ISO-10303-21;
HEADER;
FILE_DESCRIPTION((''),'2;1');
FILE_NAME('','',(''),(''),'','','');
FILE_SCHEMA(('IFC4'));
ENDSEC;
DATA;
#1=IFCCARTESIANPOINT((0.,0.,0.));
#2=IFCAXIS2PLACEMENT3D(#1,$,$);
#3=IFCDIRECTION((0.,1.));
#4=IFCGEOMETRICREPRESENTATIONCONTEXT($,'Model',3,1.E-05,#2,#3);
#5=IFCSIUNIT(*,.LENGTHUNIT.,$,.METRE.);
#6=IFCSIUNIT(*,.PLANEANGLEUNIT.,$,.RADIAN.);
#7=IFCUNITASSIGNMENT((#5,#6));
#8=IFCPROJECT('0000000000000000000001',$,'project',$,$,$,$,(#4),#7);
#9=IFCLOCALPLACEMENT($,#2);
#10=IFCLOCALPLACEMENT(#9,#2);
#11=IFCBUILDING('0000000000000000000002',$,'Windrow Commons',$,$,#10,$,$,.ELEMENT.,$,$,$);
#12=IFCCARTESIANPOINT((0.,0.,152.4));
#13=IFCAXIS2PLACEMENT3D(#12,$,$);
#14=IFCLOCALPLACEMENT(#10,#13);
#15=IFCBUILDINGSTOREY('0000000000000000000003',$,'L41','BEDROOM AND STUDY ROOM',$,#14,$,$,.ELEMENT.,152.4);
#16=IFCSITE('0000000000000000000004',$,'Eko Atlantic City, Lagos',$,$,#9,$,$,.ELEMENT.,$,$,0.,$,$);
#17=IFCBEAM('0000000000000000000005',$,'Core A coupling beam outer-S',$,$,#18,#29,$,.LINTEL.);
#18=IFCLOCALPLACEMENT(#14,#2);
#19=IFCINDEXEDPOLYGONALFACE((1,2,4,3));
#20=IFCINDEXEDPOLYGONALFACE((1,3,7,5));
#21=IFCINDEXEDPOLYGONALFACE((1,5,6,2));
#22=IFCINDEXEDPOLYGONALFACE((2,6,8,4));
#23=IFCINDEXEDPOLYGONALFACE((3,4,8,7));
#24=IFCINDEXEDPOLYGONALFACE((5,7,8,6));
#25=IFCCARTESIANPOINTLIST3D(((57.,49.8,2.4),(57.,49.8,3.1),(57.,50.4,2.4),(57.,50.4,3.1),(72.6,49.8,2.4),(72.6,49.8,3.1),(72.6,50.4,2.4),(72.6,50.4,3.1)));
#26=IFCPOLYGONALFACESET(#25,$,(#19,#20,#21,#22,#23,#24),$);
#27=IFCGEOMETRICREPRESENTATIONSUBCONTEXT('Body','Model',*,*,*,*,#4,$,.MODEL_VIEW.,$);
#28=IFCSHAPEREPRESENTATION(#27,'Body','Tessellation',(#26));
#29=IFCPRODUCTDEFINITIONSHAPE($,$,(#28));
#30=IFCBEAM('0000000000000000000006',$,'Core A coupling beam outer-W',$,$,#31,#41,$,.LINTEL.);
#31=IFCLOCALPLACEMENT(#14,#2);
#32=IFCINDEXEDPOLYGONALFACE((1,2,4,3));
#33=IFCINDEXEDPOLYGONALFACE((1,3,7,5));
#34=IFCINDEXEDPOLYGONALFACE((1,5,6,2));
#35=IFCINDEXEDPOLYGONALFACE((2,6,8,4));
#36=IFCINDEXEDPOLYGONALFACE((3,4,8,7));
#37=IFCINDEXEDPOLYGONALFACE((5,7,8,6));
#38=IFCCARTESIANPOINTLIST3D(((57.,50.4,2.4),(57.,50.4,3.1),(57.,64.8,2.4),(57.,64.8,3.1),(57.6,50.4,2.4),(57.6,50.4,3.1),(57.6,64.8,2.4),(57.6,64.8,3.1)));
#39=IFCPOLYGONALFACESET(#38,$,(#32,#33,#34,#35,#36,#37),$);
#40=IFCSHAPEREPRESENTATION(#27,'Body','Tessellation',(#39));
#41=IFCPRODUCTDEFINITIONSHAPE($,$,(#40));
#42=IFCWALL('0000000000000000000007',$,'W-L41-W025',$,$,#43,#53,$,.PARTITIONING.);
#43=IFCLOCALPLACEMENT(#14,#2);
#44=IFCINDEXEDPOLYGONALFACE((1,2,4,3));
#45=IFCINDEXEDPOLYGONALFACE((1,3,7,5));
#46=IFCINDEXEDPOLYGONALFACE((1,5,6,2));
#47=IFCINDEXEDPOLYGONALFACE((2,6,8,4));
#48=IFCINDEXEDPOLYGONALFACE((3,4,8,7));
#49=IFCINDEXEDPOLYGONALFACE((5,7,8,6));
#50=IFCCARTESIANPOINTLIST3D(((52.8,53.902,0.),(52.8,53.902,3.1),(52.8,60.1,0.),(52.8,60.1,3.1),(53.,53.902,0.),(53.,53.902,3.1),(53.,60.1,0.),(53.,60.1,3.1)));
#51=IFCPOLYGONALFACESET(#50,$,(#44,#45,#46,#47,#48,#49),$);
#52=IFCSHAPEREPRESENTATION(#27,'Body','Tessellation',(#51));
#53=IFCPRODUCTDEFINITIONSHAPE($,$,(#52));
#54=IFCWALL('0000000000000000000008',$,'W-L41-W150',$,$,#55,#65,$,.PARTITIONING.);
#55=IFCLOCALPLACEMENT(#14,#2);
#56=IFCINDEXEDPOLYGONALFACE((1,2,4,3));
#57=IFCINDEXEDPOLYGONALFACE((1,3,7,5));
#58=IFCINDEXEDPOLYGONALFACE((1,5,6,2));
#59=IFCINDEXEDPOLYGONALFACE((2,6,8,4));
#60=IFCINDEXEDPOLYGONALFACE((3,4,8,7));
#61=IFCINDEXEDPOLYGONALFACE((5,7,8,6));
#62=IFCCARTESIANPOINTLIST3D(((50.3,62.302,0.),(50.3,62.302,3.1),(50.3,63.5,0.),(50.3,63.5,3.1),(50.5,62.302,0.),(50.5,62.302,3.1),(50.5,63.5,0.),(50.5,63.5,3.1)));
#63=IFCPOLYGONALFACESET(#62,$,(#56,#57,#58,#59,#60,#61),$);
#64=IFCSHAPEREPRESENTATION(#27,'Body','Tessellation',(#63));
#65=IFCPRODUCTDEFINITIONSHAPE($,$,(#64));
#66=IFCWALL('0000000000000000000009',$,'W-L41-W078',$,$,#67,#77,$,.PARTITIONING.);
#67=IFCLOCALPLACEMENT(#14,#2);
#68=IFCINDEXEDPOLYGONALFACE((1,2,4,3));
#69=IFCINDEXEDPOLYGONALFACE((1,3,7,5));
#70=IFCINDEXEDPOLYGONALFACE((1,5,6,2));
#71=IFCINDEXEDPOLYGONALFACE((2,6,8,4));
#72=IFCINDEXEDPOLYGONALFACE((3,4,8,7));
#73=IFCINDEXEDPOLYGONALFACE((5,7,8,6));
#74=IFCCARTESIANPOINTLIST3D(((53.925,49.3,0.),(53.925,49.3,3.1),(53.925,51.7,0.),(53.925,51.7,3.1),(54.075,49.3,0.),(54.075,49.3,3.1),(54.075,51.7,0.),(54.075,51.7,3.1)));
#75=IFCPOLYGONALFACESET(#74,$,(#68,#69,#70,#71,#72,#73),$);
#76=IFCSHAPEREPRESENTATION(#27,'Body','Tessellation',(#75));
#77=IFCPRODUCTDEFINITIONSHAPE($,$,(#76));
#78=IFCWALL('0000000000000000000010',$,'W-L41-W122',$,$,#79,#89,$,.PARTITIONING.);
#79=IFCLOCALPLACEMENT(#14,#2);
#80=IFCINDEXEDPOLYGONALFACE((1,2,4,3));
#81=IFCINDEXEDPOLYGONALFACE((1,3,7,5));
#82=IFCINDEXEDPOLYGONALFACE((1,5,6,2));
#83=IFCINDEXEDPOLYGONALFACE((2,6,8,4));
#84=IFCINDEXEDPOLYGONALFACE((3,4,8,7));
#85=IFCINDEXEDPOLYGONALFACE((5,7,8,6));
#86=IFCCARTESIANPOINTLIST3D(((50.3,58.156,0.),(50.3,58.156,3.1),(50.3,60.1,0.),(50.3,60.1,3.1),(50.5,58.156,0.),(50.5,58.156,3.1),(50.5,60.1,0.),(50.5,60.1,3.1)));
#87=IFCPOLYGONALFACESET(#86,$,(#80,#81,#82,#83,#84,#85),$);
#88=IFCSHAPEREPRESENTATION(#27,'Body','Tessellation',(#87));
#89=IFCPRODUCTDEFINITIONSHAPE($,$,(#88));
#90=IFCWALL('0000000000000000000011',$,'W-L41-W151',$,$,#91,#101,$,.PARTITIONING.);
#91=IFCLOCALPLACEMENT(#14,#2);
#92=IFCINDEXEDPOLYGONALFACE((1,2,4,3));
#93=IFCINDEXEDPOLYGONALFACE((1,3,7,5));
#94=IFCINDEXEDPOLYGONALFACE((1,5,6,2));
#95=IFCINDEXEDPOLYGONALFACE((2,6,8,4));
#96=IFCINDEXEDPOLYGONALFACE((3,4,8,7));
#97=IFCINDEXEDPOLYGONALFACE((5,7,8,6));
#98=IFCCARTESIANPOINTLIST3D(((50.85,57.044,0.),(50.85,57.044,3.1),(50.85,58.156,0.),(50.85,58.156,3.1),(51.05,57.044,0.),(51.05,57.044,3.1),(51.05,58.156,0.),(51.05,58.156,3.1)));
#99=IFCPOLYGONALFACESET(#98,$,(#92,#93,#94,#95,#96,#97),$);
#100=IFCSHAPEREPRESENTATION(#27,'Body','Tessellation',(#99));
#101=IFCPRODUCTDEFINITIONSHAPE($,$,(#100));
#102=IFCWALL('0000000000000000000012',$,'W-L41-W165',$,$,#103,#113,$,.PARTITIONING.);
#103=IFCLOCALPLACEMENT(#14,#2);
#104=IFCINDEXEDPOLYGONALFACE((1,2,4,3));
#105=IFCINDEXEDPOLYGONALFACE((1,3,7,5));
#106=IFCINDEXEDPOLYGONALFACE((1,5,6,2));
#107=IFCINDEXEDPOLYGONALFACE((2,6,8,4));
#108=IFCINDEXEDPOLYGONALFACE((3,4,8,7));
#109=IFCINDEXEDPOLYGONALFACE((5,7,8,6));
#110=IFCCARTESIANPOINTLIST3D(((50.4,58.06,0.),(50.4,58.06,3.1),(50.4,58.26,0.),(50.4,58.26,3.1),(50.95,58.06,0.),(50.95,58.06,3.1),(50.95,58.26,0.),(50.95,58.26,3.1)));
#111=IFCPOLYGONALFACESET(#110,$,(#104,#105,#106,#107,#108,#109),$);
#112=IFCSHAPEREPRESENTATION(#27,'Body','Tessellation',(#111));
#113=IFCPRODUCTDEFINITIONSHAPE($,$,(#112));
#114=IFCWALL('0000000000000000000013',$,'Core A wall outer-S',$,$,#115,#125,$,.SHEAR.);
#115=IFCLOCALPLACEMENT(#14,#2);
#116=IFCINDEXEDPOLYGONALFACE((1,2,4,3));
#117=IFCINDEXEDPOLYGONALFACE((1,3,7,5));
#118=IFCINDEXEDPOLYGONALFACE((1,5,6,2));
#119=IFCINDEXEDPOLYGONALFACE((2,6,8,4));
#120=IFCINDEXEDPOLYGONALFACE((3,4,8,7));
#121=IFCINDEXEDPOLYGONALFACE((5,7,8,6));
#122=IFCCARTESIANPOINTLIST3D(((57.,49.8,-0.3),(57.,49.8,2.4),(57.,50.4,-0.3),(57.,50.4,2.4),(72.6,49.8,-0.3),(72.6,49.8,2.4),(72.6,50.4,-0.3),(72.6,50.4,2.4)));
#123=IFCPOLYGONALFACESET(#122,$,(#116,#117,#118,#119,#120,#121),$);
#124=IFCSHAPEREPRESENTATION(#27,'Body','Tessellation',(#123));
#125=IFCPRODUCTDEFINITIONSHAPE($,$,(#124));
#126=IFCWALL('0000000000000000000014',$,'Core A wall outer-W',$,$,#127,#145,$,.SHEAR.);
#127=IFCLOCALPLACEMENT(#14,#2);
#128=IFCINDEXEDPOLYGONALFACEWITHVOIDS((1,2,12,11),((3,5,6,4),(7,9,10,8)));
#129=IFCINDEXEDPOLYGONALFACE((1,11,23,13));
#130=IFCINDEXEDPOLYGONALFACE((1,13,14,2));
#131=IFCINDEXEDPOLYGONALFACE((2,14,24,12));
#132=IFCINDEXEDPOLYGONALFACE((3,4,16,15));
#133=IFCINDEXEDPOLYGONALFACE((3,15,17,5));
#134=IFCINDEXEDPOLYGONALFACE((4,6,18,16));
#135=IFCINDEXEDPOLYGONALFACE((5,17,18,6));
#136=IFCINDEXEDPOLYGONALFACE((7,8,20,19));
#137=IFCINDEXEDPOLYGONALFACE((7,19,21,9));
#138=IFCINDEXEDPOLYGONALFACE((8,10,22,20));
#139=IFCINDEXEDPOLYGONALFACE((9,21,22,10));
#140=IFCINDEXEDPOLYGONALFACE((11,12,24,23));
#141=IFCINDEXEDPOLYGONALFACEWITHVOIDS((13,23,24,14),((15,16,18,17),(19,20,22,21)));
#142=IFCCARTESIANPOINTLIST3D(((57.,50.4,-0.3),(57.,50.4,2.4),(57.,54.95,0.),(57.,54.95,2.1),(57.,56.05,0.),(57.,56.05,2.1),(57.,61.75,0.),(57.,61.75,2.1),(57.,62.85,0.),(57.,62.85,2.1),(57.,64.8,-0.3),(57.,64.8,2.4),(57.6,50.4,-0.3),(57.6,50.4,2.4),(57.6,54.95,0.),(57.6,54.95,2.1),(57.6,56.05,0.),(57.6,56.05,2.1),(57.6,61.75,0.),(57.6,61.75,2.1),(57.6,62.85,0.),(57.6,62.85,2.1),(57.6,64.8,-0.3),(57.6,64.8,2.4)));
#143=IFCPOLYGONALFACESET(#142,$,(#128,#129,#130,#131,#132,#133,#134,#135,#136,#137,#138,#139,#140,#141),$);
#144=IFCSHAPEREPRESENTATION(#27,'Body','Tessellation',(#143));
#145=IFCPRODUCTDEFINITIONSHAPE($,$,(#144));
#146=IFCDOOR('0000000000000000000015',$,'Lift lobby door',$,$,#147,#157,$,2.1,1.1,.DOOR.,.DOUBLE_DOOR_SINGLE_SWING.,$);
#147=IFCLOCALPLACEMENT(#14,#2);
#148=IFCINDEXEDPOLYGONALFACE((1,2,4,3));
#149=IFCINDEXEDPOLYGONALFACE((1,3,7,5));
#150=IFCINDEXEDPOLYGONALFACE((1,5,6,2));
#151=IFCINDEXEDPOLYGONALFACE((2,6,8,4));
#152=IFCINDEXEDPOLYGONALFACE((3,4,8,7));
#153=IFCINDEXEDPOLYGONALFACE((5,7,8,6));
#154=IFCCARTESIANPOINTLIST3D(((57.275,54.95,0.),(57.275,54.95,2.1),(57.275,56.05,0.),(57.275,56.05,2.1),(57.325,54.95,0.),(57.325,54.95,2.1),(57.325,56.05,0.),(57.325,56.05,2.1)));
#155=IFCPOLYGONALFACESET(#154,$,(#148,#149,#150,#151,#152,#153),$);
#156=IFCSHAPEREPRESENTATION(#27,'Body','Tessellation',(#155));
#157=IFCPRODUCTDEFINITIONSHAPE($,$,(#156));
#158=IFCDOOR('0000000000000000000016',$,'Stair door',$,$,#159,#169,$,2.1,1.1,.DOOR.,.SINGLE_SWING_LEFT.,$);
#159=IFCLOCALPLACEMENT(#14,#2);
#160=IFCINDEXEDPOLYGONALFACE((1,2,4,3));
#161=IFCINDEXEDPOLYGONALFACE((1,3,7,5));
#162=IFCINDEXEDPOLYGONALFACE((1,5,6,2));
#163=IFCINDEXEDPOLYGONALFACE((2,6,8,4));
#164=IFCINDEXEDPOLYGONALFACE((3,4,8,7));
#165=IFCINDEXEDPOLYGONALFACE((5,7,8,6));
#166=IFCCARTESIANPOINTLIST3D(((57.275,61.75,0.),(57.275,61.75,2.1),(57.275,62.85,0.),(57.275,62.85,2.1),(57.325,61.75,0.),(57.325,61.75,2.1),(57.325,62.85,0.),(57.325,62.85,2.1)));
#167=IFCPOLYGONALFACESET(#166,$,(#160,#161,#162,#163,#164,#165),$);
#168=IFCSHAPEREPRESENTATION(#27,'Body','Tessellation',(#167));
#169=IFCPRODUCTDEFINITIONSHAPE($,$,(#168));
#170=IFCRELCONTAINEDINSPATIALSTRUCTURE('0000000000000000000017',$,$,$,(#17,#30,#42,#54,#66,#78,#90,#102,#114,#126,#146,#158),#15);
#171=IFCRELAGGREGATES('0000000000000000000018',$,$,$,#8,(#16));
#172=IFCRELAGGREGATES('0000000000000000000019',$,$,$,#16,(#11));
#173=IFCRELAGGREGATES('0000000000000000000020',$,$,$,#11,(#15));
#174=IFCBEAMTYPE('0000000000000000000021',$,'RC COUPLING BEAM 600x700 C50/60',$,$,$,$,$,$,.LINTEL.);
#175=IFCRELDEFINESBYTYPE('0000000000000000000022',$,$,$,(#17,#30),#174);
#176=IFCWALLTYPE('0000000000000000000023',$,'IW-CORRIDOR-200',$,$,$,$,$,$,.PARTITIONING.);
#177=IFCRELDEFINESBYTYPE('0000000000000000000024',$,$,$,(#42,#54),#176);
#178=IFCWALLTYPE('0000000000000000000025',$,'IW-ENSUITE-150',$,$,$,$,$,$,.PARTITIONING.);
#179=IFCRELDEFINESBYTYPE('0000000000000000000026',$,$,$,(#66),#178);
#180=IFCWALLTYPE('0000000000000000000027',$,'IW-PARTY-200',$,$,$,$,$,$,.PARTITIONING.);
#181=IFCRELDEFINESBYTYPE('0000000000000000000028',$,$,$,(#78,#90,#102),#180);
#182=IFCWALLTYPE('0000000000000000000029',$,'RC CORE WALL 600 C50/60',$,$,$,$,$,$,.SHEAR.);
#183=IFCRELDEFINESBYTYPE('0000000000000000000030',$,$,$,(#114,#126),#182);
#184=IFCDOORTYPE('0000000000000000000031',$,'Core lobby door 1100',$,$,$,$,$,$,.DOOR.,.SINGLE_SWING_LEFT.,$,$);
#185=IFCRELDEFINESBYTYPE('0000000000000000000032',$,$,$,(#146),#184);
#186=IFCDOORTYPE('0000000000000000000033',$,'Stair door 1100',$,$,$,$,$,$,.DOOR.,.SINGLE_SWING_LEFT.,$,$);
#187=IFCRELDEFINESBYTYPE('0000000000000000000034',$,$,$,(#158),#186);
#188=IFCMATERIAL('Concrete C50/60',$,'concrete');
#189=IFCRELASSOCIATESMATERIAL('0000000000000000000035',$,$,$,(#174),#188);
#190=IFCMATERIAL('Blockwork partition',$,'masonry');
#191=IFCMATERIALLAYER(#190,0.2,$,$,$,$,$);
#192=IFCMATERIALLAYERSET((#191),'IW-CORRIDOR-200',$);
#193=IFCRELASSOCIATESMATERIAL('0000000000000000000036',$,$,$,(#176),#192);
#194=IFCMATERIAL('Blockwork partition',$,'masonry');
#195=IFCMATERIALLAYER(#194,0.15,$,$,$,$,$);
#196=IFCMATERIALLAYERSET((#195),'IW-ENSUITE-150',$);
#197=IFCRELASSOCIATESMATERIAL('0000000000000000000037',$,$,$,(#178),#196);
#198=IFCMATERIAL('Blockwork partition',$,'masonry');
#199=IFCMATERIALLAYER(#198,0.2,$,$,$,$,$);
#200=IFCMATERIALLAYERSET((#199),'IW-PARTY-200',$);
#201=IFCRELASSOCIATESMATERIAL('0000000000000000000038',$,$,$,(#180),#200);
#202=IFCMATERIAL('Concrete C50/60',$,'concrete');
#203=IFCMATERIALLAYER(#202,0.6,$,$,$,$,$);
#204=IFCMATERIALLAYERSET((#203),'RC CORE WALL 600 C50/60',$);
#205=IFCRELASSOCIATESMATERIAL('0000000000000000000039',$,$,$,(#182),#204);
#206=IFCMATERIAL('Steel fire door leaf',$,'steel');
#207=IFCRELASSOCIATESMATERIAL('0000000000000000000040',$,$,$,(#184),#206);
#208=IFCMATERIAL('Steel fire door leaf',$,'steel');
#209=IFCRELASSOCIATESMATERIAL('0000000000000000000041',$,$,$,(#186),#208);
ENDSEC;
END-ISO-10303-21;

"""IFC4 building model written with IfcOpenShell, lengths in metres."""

from ifc_helpers import new_model, si_unit, direction, frame, frame_2d, origin, origin_2d, place, context, subcontext, project, spatial, rectangle, extrude, material, layer, layer_set, material_profile, profile_set, type_object, element, fill, save


model = new_model("IFC4")

# Units and contexts
model_context = context("Model", 3, precision=1e-05, world=origin(), true_north=direction((0.0, 1.0)))
body_context = subcontext(model_context, "Body", "Model", "MODEL_VIEW")
ifc_project = project(units=[si_unit("LENGTHUNIT", "METRE"), si_unit("PLANEANGLEUNIT", "RADIAN")], contexts=[model_context])

# Site, building, storey
site_placement = place(None, origin())
site = spatial("IfcSite", under=ifc_project, at=site_placement, Name="Eko Atlantic City, Lagos", CompositionType="ELEMENT", RefElevation=0.0)
building_placement = place(site_placement, origin())
building = spatial("IfcBuilding", under=site, at=building_placement, Name="Windrow Commons", CompositionType="ELEMENT")
storey_placement = place(building_placement, frame((0.0, 0.0, 152.4)))
storey = spatial("IfcBuildingStorey", under=building, at=storey_placement, Name="L41", Description="BEDROOM AND STUDY ROOM", CompositionType="ELEMENT", Elevation=152.4)

# Beams
ifc_material_1 = material(Name="Concrete C50/60", Category="concrete")
ifc_material_profile = material_profile(ifc_material_1, rectangle(XDim=0.6, YDim=0.7, at=origin_2d()))
ifc_profile_set = profile_set([ifc_material_profile], Name="Concrete C50/60")
beam_type = type_object("IfcBeamType", Name="RC COUPLING BEAM 600x700 C50/60", PredefinedType="LINTEL", material=ifc_profile_set)
beam_1_placement = place(storey_placement, frame((57.0, 50.1, 2.75), z_axis=(1.0, 0.0, 0.0), x_axis=(0.0, 1.0, 0.0)))
element("IfcBeam", 1, at=beam_1_placement, inside=storey, type_object=beam_type, Name="Core A coupling beam outer-S", PredefinedType="LINTEL", context=body_context, shape_type="SweptSolid", body=[
    extrude(rectangle(XDim=0.6, YDim=0.7, at=origin_2d()), origin(), (0.0, 0.0, 1.0), 15.6),
])
beam_2_placement = place(storey_placement, frame((57.3, 50.4, 2.75), z_axis=(0.0, 1.0, 0.0), x_axis=(-1.0, 0.0, 0.0)))
element("IfcBeam", 2, at=beam_2_placement, inside=storey, type_object=beam_type, Name="Core A coupling beam outer-W", PredefinedType="LINTEL", context=body_context, shape_type="SweptSolid", body=[
    extrude(rectangle(XDim=0.6, YDim=0.7, at=origin_2d()), origin(), (0.0, 0.0, 1.0), 14.4),
])

# Walls
ifc_material_2 = material(Name="Blockwork partition", Category="masonry")
ifc_layer_1 = layer(ifc_material_2, 0.2)
ifc_layer_set_1 = layer_set([ifc_layer_1], Name="IW-CORRIDOR-200")
wall_type_1 = type_object("IfcWallType", Name="IW-CORRIDOR-200", PredefinedType="PARTITIONING", material=ifc_layer_set_1)
wall_1_placement = place(storey_placement, frame((52.9, 53.902, 0.0), z_axis=(0.0, 0.0, 1.0), x_axis=(0.0, 1.0, 0.0)))
element("IfcWall", 3, at=wall_1_placement, inside=storey, type_object=wall_type_1, Name="W-L41-W025", PredefinedType="PARTITIONING", context=body_context, shape_type="SweptSolid", body=[
    extrude(rectangle(XDim=6.198, YDim=0.2, at=frame_2d((3.099, 0.0))), origin(), (0.0, 0.0, 1.0), 3.1),
])
wall_2_placement = place(storey_placement, frame((50.4, 62.302, 0.0), z_axis=(0.0, 0.0, 1.0), x_axis=(0.0, 1.0, 0.0)))
element("IfcWall", 4, at=wall_2_placement, inside=storey, type_object=wall_type_1, Name="W-L41-W150", PredefinedType="PARTITIONING", context=body_context, shape_type="SweptSolid", body=[
    extrude(rectangle(XDim=1.198, YDim=0.2, at=frame_2d((0.599, 0.0))), origin(), (0.0, 0.0, 1.0), 3.1),
])
ifc_material_3 = material(Name="Blockwork partition", Category="masonry")
ifc_layer_2 = layer(ifc_material_3, 0.15)
ifc_layer_set_2 = layer_set([ifc_layer_2], Name="IW-ENSUITE-150")
wall_type_2 = type_object("IfcWallType", Name="IW-ENSUITE-150", PredefinedType="PARTITIONING", material=ifc_layer_set_2)
wall_3_placement = place(storey_placement, frame((54.0, 49.3, 0.0), z_axis=(0.0, 0.0, 1.0), x_axis=(0.0, 1.0, 0.0)))
element("IfcWall", 5, at=wall_3_placement, inside=storey, type_object=wall_type_2, Name="W-L41-W078", PredefinedType="PARTITIONING", context=body_context, shape_type="SweptSolid", body=[
    extrude(rectangle(XDim=2.4, YDim=0.15, at=frame_2d((1.2, 0.0))), origin(), (0.0, 0.0, 1.0), 3.1),
])
ifc_material_4 = material(Name="Blockwork partition", Category="masonry")
ifc_layer_3 = layer(ifc_material_4, 0.2)
ifc_layer_set_3 = layer_set([ifc_layer_3], Name="IW-PARTY-200")
wall_type_3 = type_object("IfcWallType", Name="IW-PARTY-200", PredefinedType="PARTITIONING", material=ifc_layer_set_3)
wall_4_placement = place(storey_placement, frame((50.4, 58.156, 0.0), z_axis=(0.0, 0.0, 1.0), x_axis=(0.0, 1.0, 0.0)))
element("IfcWall", 6, at=wall_4_placement, inside=storey, type_object=wall_type_3, Name="W-L41-W122", PredefinedType="PARTITIONING", context=body_context, shape_type="SweptSolid", body=[
    extrude(rectangle(XDim=1.944, YDim=0.2, at=frame_2d((0.972, 0.0))), origin(), (0.0, 0.0, 1.0), 3.1),
])
wall_5_placement = place(storey_placement, frame((50.95, 57.044, 0.0), z_axis=(0.0, 0.0, 1.0), x_axis=(0.0, 1.0, 0.0)))
element("IfcWall", 7, at=wall_5_placement, inside=storey, type_object=wall_type_3, Name="W-L41-W151", PredefinedType="PARTITIONING", context=body_context, shape_type="SweptSolid", body=[
    extrude(rectangle(XDim=1.112, YDim=0.2, at=frame_2d((0.556, 0.0))), origin(), (0.0, 0.0, 1.0), 3.1),
])
wall_6_placement = place(storey_placement, frame((50.4, 58.16, 0.0), z_axis=(0.0, 0.0, 1.0), x_axis=(1.0, 0.0, 0.0)))
element("IfcWall", 8, at=wall_6_placement, inside=storey, type_object=wall_type_3, Name="W-L41-W165", PredefinedType="PARTITIONING", context=body_context, shape_type="SweptSolid", body=[
    extrude(rectangle(XDim=0.55, YDim=0.2, at=frame_2d((0.275, 0.0))), origin(), (0.0, 0.0, 1.0), 3.1),
])
ifc_material_5 = material(Name="Concrete C50/60", Category="concrete")
ifc_layer_4 = layer(ifc_material_5, 0.6)
ifc_layer_set_4 = layer_set([ifc_layer_4], Name="RC CORE WALL 600 C50/60")
wall_type_4 = type_object("IfcWallType", Name="RC CORE WALL 600 C50/60", PredefinedType="SHEAR", material=ifc_layer_set_4)
wall_7_placement = place(storey_placement, frame((57.0, 50.1, -0.3), z_axis=(0.0, 0.0, 1.0), x_axis=(1.0, 0.0, 0.0)))
element("IfcWall", 9, at=wall_7_placement, inside=storey, type_object=wall_type_4, Name="Core A wall outer-S", PredefinedType="SHEAR", context=body_context, shape_type="SweptSolid", body=[
    extrude(rectangle(XDim=15.6, YDim=0.6, at=frame_2d((7.8, 0.0))), origin(), (0.0, 0.0, 1.0), 2.7),
])

# Wall, openings, doors
wall_8_placement = place(storey_placement, frame((57.3, 50.4, -0.3), z_axis=(0.0, 0.0, 1.0), x_axis=(0.0, 1.0, 0.0)))
wall_8 = element("IfcWall", 10, at=wall_8_placement, inside=storey, type_object=wall_type_4, Name="Core A wall outer-W", PredefinedType="SHEAR", context=body_context, shape_type="SweptSolid", body=[
    extrude(rectangle(XDim=14.4, YDim=0.6, at=frame_2d((7.2, 0.0))), origin(), (0.0, 0.0, 1.0), 2.7),
])
opening_1_placement = place(wall_8_placement, frame((4.55, 0.0, 0.3)))
opening_1 = element("IfcOpeningElement", 11, at=opening_1_placement, cuts=wall_8, PredefinedType="OPENING", context=body_context, shape_type="SweptSolid", body=[
    extrude(rectangle(XDim=1.1, YDim=2.1, at=frame_2d((0.55, 1.05))), frame((0.0, 0.31, 0.0), z_axis=(0.0, -1.0, 0.0), x_axis=(1.0, 0.0, 0.0)), (0.0, 0.0, 1.0), 0.62),
])
opening_2_placement = place(wall_8_placement, frame((11.35, 0.0, 0.3)))
opening_2 = element("IfcOpeningElement", 12, at=opening_2_placement, cuts=wall_8, PredefinedType="OPENING", context=body_context, shape_type="SweptSolid", body=[
    extrude(rectangle(XDim=1.1, YDim=2.1, at=frame_2d((0.55, 1.05))), frame((0.0, 0.31, 0.0), z_axis=(0.0, -1.0, 0.0), x_axis=(1.0, 0.0, 0.0)), (0.0, 0.0, 1.0), 0.62),
])
ifc_material_6 = material(Name="Steel fire door leaf", Category="steel")
door_type_1 = type_object("IfcDoorType", Name="Core lobby door 1100", OperationType="SINGLE_SWING_LEFT", PredefinedType="DOOR", material=ifc_material_6)
door_1_placement = place(opening_1_placement, origin())
door_1 = element("IfcDoor", 13, at=door_1_placement, inside=storey, type_object=door_type_1, Name="Lift lobby door", OperationType="DOUBLE_DOOR_SINGLE_SWING", OverallHeight=2.1, OverallWidth=1.1, PredefinedType="DOOR", context=body_context, shape_type="SweptSolid", body=[
    extrude(rectangle(XDim=1.1, YDim=2.1, at=frame_2d((0.55, 1.05))), frame((0.0, 0.025, 0.0), z_axis=(0.0, -1.0, 0.0), x_axis=(1.0, 0.0, 0.0)), (0.0, 0.0, 1.0), 0.05),
])
fill(opening_1, door_1)
ifc_material_7 = material(Name="Steel fire door leaf", Category="steel")
door_type_2 = type_object("IfcDoorType", Name="Stair door 1100", OperationType="SINGLE_SWING_LEFT", PredefinedType="DOOR", material=ifc_material_7)
door_2_placement = place(opening_2_placement, origin())
door_2 = element("IfcDoor", 14, at=door_2_placement, inside=storey, type_object=door_type_2, Name="Stair door", OperationType="SINGLE_SWING_LEFT", OverallHeight=2.1, OverallWidth=1.1, PredefinedType="DOOR", context=body_context, shape_type="SweptSolid", body=[
    extrude(rectangle(XDim=1.1, YDim=2.1, at=frame_2d((0.55, 1.05))), frame((0.0, 0.025, 0.0), z_axis=(0.0, -1.0, 0.0), x_axis=(1.0, 0.0, 0.0)), (0.0, 0.0, 1.0), 0.05),
])
fill(opening_2, door_2)

save(model, "model.ifc")
